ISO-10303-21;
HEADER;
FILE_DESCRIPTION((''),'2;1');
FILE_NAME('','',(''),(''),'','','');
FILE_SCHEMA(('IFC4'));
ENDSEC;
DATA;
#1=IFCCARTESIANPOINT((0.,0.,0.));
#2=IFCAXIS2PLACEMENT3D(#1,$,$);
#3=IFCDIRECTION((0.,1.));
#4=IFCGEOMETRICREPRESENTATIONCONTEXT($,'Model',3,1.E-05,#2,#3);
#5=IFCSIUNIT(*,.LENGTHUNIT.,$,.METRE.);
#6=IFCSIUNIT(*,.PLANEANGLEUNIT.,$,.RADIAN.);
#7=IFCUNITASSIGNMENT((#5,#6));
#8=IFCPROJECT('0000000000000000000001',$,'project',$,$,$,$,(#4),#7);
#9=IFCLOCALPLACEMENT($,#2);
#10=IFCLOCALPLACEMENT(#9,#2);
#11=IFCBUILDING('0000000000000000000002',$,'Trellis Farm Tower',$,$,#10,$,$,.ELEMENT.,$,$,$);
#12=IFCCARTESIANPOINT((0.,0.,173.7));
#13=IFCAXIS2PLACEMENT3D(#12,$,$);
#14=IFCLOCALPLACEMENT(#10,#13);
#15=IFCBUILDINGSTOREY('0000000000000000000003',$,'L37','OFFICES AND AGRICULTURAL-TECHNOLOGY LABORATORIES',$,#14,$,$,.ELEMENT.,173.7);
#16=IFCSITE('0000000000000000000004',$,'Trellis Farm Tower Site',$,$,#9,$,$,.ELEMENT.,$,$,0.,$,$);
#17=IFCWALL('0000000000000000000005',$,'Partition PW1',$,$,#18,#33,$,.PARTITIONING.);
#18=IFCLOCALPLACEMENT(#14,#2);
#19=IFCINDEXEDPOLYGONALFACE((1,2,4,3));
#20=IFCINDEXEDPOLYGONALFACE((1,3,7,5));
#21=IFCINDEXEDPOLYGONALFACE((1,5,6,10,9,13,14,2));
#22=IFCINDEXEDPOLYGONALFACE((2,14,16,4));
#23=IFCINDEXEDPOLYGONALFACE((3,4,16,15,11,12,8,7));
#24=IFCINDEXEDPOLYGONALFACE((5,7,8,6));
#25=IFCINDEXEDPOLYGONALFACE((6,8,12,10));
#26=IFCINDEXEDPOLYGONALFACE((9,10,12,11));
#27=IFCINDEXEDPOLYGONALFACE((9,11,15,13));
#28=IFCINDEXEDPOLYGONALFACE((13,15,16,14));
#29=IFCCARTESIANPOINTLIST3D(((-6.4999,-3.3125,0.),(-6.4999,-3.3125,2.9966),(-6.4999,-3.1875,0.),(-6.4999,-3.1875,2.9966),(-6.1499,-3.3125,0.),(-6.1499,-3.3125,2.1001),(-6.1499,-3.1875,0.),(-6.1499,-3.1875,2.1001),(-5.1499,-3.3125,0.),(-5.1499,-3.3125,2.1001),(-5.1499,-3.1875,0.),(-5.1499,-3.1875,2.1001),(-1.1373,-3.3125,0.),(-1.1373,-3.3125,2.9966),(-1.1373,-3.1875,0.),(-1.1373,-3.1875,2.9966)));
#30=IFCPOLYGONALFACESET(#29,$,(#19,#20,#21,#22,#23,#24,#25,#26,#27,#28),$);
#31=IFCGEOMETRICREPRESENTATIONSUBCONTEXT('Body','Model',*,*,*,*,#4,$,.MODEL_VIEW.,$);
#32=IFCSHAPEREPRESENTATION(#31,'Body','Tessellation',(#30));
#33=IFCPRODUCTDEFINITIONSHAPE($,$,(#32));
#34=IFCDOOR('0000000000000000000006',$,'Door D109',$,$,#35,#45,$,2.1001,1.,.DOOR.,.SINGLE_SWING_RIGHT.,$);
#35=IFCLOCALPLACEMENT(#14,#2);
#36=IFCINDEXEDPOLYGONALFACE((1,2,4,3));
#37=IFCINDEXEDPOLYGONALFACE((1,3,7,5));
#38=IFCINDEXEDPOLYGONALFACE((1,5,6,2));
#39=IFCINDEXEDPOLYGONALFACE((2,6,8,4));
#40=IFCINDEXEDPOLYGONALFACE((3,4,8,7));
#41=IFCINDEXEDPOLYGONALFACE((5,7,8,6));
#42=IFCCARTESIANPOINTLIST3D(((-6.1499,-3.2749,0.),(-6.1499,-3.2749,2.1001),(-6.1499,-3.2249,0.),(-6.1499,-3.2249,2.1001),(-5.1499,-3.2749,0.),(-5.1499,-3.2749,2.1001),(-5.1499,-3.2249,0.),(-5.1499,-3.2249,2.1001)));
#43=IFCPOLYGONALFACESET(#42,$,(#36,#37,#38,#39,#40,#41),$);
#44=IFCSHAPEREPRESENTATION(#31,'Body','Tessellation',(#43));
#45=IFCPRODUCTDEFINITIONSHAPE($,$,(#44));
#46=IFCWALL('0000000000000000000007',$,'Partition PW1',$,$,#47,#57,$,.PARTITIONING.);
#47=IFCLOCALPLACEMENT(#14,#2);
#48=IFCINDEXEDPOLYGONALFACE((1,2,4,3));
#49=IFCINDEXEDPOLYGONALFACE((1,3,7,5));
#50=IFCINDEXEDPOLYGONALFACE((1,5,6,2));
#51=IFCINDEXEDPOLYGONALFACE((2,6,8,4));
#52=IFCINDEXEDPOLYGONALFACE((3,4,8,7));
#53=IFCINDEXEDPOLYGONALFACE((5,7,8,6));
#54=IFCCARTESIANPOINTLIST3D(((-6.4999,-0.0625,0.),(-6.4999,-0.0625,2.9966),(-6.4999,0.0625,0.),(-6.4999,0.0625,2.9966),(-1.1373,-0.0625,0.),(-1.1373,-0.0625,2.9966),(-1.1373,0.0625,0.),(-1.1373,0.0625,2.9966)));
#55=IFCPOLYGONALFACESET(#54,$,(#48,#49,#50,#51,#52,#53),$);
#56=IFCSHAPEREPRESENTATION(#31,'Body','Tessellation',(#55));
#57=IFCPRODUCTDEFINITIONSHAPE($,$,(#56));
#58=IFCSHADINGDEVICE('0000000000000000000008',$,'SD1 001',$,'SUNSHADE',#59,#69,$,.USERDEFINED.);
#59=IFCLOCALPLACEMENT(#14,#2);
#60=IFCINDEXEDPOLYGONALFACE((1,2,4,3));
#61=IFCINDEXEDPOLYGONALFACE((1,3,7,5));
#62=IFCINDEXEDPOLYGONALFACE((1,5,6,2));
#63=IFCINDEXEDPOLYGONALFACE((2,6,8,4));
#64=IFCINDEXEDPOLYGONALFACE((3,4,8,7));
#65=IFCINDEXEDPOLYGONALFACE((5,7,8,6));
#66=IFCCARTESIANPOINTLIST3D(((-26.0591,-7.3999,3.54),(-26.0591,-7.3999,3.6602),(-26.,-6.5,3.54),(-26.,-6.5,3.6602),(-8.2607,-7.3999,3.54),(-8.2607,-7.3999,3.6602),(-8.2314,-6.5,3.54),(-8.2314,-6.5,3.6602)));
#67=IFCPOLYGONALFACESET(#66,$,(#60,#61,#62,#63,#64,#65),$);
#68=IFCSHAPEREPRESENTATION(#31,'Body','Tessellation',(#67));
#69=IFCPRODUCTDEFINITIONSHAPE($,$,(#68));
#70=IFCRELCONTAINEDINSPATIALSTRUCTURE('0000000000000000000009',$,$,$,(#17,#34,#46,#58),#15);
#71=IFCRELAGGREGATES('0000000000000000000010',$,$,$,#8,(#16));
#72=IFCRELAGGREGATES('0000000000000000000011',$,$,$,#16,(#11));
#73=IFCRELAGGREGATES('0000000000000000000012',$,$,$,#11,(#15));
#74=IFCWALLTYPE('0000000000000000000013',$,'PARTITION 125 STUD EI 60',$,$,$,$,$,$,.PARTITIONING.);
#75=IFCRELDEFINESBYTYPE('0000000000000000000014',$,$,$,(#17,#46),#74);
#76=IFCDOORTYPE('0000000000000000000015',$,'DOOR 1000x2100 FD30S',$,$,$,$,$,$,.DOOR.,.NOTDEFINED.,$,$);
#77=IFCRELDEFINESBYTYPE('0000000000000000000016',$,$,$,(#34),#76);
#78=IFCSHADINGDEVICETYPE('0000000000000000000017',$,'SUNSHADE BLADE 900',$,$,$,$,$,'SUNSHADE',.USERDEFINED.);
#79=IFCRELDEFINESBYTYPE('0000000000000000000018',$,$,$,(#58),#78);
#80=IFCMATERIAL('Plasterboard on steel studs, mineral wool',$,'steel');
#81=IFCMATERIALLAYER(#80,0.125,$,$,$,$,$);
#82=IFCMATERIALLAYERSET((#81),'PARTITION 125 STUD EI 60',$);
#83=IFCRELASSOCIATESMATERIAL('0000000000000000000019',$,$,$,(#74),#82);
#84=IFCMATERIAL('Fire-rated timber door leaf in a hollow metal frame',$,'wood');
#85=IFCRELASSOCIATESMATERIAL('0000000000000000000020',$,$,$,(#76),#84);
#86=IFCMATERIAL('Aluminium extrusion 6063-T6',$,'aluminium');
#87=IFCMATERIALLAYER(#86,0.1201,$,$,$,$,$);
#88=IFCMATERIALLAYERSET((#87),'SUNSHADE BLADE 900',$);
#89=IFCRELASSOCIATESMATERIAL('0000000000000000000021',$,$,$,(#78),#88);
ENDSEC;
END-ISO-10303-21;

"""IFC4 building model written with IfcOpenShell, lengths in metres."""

from ifc_helpers import new_model, si_unit, direction, frame, frame_2d, origin, place, context, subcontext, project, spatial, polyline, rectangle, outline, extrude, source, transform, mapped, material, layer, layer_set, type_object, element, fill, save


model = new_model("IFC4")

# Units and contexts
model_context = context("Model", 3, precision=1e-05, world=origin(), true_north=direction((0.0, 1.0)))
body_context = subcontext(model_context, "Body", "Model", "MODEL_VIEW")
ifc_project = project(units=[si_unit("LENGTHUNIT", "METRE"), si_unit("PLANEANGLEUNIT", "RADIAN")], contexts=[model_context])

# Site, building, storey
site_placement = place(None, origin())
site = spatial("IfcSite", under=ifc_project, at=site_placement, Name="Trellis Farm Tower Site", CompositionType="ELEMENT", RefElevation=0.0)
building_placement = place(site_placement, origin())
building = spatial("IfcBuilding", under=site, at=building_placement, Name="Trellis Farm Tower", CompositionType="ELEMENT")
storey_placement = place(building_placement, frame((0.0, 0.0, 173.7)))
storey = spatial("IfcBuildingStorey", under=building, at=storey_placement, Name="L37", Description="OFFICES AND AGRICULTURAL-TECHNOLOGY LABORATORIES", CompositionType="ELEMENT", Elevation=173.7)

# Shared definitions
ifc_material_1 = material(Name="Aluminium extrusion 6063-T6", Category="aluminium")

# Shared definitions
ifc_material_2 = material(Name="Plasterboard on steel studs, mineral wool", Category="steel")
ifc_layer_1 = layer(ifc_material_2, 0.125)
ifc_layer_set_1 = layer_set([ifc_layer_1], Name="PARTITION 125 STUD EI 60")
wall_type = type_object("IfcWallType", Name="PARTITION 125 STUD EI 60", PredefinedType="PARTITIONING", material=ifc_layer_set_1)

# Wall, opening, door
shared_shape_1 = source(origin(), body_context, "Body", "SweptSolid", [
    extrude(rectangle(XDim=5.3625, YDim=0.125, at=frame_2d((2.6812, 0.0))), origin(), (0.0, 0.0, 1.0), 2.9966),
])
wall_1_placement = place(storey_placement, frame((-1.1375, -3.25, 0.0), z_axis=(0.0, 0.0, 1.0), x_axis=(-1.0, 0.0, 0.0)))
wall_1 = element("IfcWall", 1, at=wall_1_placement, inside=storey, type_object=wall_type, Name="Partition PW1", PredefinedType="PARTITIONING", context=body_context, shape_type="MappedRepresentation", body=[
    mapped(shared_shape_1, transform((0.0, 0.0, 0.0))),
])
shared_shape_2 = source(origin(), body_context, "Body", "SweptSolid", [
    extrude(rectangle(XDim=1.0, YDim=2.1001, at=frame_2d((0.5, 1.05))), frame((0.0, 0.0725, 0.0), z_axis=(0.0, -1.0, 0.0), x_axis=(1.0, 0.0, 0.0)), (0.0, 0.0, 1.0), 0.145),
])
opening_placement = place(wall_1_placement, frame((4.0125, 0.0, 0.0)))
opening = element("IfcOpeningElement", 2, at=opening_placement, cuts=wall_1, PredefinedType="OPENING", context=body_context, shape_type="MappedRepresentation", body=[
    mapped(shared_shape_2, transform((0.0, 0.0, 0.0))),
])
ifc_material_3 = material(Name="Fire-rated timber door leaf in a hollow metal frame", Category="wood")
door_type = type_object("IfcDoorType", Name="DOOR 1000x2100 FD30S", OperationType="NOTDEFINED", PredefinedType="DOOR", material=ifc_material_3)
shared_shape_3 = source(origin(), body_context, "Body", "SweptSolid", [
    extrude(rectangle(XDim=1.0, YDim=2.1001, at=frame_2d((0.5, 1.05))), frame((0.0, 0.0249, 0.0), z_axis=(0.0, -1.0, 0.0), x_axis=(1.0, 0.0, 0.0)), (0.0, 0.0, 1.0), 0.05),
])
door_placement = place(opening_placement, origin())
door = element("IfcDoor", 3, at=door_placement, inside=storey, type_object=door_type, Name="Door D109", OperationType="SINGLE_SWING_RIGHT", OverallHeight=2.1001, OverallWidth=1.0, PredefinedType="DOOR", context=body_context, shape_type="MappedRepresentation", body=[
    mapped(shared_shape_3, transform((0.0, 0.0, 0.0))),
])
fill(opening, door)

# Wall
wall_2_placement = place(storey_placement, frame((-1.1375, 0.0, 0.0), z_axis=(0.0, 0.0, 1.0), x_axis=(-1.0, 0.0, 0.0)))
element("IfcWall", 4, at=wall_2_placement, inside=storey, type_object=wall_type, Name="Partition PW1", PredefinedType="PARTITIONING", context=body_context, shape_type="MappedRepresentation", body=[
    mapped(shared_shape_1, transform((0.0, 0.0, 0.0))),
])

# Shading device
ifc_layer_2 = layer(ifc_material_1, 0.1201)
ifc_layer_set_2 = layer_set([ifc_layer_2], Name="SUNSHADE BLADE 900")
shading_device_type = type_object("IfcShadingDeviceType", Name="SUNSHADE BLADE 900", ElementType="SUNSHADE", PredefinedType="USERDEFINED", material=ifc_layer_set_2)
shared_shape_4 = source(origin(), body_context, "Body", "SweptSolid", [
    extrude(outline(polyline([(-26.0591, -7.3999), (-8.2607, -7.3999), (-8.2314, -6.5), (-26.0, -6.5), (-26.0591, -7.3999)])), origin(), (0.0, 0.0, 1.0), 0.1201),
])
shading_device_placement = place(storey_placement, frame((0.0, 0.0, 3.54)))
element("IfcShadingDevice", 5, at=shading_device_placement, inside=storey, type_object=shading_device_type, Name="SD1 001", ObjectType="SUNSHADE", PredefinedType="USERDEFINED", context=body_context, shape_type="MappedRepresentation", body=[
    mapped(shared_shape_4, transform((0.0, 0.0, 0.0))),
])

save(model, "model.ifc")
